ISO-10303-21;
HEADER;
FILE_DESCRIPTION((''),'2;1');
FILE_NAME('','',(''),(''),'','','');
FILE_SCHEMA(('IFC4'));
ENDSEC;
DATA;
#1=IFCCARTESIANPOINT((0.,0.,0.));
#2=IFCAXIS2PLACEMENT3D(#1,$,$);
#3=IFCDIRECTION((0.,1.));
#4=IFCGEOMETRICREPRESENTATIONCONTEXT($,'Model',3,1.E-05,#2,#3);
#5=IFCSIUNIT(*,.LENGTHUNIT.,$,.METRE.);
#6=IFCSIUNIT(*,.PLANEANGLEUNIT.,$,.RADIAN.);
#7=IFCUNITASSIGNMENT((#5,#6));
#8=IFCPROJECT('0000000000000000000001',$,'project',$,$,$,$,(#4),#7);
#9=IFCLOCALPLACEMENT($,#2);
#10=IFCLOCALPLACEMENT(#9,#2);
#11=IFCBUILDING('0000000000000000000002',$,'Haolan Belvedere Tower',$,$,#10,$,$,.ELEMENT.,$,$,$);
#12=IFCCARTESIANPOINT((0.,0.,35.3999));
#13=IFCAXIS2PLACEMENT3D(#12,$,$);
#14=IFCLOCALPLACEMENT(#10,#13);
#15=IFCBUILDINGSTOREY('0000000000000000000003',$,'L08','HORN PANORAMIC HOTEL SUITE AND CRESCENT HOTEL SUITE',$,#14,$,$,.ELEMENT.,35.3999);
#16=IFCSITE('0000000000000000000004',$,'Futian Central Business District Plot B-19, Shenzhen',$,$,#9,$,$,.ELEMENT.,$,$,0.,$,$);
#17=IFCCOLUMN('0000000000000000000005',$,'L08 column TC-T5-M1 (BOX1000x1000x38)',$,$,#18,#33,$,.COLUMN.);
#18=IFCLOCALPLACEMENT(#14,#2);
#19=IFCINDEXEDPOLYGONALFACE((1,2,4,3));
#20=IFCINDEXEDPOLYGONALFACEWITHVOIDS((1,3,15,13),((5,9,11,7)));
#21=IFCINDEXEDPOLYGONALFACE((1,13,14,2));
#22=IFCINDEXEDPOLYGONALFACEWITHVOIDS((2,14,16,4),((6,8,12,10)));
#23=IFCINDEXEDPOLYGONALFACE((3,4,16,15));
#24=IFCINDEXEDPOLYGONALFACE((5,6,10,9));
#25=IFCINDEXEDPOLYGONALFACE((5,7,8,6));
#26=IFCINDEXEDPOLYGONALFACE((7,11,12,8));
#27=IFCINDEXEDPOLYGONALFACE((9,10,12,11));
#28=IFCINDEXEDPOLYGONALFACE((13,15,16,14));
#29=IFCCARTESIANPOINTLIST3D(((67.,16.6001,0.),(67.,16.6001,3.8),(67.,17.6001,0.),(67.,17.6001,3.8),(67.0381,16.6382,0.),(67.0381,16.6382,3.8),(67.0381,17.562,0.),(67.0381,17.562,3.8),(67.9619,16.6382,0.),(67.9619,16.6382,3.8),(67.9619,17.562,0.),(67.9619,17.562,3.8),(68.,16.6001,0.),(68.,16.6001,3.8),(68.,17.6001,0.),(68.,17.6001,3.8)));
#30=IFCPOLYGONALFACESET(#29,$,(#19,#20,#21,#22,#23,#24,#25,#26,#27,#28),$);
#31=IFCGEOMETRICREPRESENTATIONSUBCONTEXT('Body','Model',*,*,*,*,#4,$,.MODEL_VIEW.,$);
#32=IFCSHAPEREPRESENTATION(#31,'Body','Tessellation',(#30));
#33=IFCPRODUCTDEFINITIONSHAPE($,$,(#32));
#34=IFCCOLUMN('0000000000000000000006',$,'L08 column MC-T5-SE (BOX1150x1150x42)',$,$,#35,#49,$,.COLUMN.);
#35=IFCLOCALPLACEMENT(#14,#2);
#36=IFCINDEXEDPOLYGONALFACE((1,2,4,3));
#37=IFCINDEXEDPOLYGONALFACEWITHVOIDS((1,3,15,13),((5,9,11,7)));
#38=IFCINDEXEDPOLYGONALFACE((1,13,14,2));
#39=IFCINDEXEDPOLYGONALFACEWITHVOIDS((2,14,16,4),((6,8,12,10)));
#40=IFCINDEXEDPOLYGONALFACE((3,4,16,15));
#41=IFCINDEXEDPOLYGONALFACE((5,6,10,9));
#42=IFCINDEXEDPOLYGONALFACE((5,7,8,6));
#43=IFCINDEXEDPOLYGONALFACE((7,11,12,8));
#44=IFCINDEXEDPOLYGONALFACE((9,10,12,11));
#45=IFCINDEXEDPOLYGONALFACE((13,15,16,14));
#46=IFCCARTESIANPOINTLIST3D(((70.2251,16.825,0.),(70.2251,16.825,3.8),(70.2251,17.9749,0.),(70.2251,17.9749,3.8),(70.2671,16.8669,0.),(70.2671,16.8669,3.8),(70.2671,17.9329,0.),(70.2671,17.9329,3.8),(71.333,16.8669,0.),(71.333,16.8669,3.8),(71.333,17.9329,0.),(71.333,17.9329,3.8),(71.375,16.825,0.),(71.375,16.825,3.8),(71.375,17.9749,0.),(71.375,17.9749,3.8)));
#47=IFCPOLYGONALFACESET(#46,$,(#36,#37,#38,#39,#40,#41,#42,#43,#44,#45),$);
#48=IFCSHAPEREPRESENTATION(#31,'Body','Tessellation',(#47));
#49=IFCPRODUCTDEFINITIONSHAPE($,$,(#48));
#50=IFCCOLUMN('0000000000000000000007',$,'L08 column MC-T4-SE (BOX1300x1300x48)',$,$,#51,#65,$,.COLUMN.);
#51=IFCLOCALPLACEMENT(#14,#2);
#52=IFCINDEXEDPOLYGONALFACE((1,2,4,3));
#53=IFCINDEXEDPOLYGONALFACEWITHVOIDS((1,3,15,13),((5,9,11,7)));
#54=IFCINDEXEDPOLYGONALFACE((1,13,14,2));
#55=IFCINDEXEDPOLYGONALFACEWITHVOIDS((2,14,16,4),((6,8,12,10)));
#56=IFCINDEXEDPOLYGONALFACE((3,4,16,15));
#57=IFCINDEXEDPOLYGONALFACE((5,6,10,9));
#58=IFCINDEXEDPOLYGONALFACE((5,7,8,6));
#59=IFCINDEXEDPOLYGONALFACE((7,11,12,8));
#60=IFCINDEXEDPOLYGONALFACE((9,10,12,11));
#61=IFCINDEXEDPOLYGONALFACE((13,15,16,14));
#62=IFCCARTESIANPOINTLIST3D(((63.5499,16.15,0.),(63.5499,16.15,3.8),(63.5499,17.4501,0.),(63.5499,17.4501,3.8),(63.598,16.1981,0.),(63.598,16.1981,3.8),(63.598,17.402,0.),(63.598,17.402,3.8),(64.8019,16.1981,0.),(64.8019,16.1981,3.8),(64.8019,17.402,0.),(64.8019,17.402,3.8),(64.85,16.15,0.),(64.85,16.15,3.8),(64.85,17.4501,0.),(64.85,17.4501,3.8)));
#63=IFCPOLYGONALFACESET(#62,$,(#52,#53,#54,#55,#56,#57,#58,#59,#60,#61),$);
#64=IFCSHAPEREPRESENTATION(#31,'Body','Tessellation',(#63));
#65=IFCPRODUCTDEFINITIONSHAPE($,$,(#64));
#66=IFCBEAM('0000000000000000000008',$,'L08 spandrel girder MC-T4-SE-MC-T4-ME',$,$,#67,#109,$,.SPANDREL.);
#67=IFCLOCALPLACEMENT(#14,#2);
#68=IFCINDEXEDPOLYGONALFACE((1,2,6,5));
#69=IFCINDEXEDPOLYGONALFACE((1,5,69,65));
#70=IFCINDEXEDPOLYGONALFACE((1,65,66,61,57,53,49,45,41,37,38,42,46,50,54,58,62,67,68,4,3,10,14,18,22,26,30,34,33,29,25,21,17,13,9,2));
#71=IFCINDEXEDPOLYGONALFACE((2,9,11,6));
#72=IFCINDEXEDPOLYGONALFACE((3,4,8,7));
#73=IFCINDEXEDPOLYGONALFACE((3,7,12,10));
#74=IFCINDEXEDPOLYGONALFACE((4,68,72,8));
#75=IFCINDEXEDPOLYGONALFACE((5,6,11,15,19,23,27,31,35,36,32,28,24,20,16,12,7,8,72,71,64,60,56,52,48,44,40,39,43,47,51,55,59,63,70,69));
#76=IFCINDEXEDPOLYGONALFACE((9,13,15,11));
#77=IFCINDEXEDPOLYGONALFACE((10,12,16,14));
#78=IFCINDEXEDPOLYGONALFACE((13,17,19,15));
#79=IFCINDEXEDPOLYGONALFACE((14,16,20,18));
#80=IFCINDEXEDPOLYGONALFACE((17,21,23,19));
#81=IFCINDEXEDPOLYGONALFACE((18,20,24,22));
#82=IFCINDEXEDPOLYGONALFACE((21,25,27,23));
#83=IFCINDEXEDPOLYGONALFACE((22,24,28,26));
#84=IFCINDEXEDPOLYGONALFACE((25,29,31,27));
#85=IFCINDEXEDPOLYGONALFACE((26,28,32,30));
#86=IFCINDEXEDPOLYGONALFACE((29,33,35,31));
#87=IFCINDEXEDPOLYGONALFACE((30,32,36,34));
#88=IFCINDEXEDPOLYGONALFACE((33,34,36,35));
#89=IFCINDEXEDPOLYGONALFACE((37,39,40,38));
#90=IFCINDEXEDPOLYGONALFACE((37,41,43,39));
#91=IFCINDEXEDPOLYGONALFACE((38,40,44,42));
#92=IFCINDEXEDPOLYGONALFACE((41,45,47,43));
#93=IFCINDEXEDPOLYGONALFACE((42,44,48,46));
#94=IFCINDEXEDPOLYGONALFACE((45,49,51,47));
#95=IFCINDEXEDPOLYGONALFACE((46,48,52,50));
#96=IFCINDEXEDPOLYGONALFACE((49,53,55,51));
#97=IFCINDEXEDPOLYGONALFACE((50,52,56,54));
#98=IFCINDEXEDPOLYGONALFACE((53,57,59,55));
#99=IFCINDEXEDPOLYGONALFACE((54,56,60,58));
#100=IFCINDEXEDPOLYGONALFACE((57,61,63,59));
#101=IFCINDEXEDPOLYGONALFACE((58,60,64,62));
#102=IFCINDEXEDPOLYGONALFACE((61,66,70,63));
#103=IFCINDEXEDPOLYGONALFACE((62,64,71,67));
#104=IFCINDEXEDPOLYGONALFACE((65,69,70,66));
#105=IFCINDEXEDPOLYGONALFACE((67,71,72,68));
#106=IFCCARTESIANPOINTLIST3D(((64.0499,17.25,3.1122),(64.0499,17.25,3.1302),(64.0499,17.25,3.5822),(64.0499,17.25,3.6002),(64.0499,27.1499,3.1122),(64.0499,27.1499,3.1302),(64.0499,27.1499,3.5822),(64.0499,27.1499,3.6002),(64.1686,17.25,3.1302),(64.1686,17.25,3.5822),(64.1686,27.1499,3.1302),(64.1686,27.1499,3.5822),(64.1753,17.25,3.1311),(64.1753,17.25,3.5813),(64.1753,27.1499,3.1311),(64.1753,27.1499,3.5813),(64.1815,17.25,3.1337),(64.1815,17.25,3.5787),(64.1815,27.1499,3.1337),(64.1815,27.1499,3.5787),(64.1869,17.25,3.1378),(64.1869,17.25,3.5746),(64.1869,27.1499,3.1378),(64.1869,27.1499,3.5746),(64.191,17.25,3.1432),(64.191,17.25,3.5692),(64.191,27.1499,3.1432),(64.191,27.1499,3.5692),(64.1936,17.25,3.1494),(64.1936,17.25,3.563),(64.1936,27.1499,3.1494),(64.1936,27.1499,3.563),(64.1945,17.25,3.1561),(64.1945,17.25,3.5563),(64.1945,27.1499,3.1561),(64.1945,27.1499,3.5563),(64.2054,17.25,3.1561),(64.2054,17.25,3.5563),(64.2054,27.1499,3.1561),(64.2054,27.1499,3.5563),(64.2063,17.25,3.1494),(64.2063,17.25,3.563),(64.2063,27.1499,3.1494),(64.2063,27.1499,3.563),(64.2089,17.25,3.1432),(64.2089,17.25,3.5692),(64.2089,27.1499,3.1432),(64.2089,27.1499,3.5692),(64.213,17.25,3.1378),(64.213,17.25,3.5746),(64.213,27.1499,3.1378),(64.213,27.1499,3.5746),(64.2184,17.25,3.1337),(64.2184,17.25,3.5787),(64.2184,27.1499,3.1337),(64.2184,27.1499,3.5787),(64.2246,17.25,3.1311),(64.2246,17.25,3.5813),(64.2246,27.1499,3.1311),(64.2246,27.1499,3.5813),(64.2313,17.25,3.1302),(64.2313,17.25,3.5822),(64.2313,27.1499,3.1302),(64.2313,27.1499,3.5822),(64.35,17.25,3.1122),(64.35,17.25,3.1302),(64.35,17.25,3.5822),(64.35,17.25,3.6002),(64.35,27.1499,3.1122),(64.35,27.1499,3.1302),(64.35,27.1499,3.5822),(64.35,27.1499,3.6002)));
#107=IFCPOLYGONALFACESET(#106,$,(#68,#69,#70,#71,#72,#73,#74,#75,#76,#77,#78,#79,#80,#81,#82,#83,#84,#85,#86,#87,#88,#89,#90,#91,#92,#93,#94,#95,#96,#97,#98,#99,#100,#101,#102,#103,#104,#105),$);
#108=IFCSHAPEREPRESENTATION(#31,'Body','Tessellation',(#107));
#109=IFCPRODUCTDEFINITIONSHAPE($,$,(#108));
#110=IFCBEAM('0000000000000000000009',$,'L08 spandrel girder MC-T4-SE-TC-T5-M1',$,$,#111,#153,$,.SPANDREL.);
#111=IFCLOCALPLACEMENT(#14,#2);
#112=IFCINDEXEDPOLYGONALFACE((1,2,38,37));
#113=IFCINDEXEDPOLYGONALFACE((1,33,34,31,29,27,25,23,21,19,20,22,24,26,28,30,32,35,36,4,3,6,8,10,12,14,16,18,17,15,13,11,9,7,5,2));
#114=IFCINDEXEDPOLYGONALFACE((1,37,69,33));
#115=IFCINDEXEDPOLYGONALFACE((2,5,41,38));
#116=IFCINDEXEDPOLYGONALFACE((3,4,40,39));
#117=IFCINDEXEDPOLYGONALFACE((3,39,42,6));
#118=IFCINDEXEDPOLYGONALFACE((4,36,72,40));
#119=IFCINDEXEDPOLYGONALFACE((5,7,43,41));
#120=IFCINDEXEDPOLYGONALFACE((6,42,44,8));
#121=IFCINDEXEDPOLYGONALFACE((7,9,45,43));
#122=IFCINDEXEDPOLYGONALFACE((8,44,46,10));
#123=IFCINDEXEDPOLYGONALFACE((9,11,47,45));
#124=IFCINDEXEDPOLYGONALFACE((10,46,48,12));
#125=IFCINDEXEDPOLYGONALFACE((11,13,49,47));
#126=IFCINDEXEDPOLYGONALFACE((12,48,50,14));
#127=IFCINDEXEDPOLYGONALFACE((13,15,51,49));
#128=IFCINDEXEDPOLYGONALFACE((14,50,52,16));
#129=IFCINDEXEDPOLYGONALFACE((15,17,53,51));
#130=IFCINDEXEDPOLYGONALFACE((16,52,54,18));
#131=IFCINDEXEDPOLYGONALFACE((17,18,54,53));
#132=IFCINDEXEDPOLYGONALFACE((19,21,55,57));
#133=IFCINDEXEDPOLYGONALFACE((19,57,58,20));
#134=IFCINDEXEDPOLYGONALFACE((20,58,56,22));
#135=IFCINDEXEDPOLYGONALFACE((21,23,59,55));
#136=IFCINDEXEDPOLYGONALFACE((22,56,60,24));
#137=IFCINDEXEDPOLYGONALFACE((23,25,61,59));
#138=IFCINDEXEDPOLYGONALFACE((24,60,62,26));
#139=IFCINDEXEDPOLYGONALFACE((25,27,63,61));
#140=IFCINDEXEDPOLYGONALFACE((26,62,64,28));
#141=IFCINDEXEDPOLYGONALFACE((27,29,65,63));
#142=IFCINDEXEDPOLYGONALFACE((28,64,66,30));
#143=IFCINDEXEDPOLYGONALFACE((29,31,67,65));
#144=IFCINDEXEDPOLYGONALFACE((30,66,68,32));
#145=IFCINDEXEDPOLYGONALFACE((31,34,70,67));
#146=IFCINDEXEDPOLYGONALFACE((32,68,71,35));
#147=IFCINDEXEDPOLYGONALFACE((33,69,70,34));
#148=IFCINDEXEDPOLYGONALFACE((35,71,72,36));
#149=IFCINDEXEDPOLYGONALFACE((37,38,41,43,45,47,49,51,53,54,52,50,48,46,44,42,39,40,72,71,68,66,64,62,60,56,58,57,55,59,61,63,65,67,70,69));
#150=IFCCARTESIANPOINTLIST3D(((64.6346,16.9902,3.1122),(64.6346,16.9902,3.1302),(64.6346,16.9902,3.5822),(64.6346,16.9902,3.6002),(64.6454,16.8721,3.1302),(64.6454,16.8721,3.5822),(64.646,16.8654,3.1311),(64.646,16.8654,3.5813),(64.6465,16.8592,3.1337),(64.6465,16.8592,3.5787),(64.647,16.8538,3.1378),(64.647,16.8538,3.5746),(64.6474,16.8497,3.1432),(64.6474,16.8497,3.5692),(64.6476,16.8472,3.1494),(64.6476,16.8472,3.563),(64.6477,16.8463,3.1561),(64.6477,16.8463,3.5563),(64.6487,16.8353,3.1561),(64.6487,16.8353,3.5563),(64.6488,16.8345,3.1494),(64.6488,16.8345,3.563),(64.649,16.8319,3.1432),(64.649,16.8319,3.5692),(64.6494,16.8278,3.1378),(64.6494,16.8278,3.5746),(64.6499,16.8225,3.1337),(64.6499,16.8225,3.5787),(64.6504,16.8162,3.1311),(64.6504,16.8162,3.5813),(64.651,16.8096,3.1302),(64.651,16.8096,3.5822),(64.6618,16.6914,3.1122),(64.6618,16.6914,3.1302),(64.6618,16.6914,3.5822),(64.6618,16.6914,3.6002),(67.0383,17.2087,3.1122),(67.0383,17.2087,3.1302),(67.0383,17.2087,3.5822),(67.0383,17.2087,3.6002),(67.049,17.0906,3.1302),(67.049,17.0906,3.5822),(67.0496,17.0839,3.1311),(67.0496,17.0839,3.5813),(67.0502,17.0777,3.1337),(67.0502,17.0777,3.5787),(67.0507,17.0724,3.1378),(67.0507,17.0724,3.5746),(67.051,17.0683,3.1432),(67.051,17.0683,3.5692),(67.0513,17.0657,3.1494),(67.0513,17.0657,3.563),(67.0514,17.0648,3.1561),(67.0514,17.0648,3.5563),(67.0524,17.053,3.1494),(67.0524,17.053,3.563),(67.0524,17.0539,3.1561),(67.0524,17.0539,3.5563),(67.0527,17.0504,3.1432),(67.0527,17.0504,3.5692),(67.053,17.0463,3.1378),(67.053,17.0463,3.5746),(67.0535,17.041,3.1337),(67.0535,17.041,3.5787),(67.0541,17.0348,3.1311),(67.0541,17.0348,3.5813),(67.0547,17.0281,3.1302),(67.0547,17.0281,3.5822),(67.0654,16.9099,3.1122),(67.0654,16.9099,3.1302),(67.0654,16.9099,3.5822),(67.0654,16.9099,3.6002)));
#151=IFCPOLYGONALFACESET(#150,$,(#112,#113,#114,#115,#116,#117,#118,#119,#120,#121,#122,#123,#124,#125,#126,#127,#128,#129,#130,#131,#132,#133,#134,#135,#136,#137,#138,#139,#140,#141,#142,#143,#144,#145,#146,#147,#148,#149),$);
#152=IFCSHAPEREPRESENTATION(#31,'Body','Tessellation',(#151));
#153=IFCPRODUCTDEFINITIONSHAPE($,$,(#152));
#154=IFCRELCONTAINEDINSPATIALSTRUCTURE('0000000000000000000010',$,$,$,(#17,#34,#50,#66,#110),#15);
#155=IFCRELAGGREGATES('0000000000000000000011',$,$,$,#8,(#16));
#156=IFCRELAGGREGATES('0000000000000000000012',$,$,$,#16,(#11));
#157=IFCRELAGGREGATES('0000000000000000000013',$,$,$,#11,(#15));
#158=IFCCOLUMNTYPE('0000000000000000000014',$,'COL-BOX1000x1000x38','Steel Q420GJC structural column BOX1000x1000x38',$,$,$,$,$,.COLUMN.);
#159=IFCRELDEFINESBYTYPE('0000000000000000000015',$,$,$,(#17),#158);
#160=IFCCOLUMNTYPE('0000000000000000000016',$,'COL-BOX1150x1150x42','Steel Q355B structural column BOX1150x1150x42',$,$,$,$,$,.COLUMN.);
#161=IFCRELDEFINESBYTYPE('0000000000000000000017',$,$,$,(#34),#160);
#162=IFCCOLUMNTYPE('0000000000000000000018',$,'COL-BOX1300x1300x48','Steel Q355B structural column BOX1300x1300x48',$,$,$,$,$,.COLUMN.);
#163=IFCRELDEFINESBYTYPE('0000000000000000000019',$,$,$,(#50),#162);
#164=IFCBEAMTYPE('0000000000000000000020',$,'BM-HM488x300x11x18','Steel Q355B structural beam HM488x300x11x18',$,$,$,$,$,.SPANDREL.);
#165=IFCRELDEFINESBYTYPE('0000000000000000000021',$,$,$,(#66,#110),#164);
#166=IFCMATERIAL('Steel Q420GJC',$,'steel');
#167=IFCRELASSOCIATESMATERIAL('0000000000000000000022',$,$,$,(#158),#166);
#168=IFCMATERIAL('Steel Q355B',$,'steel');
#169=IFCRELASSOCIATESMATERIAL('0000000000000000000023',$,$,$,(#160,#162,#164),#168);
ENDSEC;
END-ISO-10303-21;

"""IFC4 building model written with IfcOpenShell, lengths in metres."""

from ifc_helpers import new_model, si_unit, direction, frame, origin, origin_2d, place, context, subcontext, project, spatial, hollow_rectangle, i_section, extrude, material, material_profile, profile_set, type_object, element, save


model = new_model("IFC4")

# Units and contexts
model_context = context("Model", 3, precision=1e-05, world=origin(), true_north=direction((0.0, 1.0)))
body_context = subcontext(model_context, "Body", "Model", "MODEL_VIEW")
ifc_project = project(units=[si_unit("LENGTHUNIT", "METRE"), si_unit("PLANEANGLEUNIT", "RADIAN")], contexts=[model_context])

# Site, building, storey
site_placement = place(None, origin())
site = spatial("IfcSite", under=ifc_project, at=site_placement, Name="Futian Central Business District Plot B-19, Shenzhen", CompositionType="ELEMENT", RefElevation=0.0)
building_placement = place(site_placement, origin())
building = spatial("IfcBuilding", under=site, at=building_placement, Name="Haolan Belvedere Tower", CompositionType="ELEMENT")
storey_placement = place(building_placement, frame((0.0, 0.0, 35.3999)))
storey = spatial("IfcBuildingStorey", under=building, at=storey_placement, Name="L08", Description="HORN PANORAMIC HOTEL SUITE AND CRESCENT HOTEL SUITE", CompositionType="ELEMENT", Elevation=35.3999)

# Columns
ifc_material_1 = material(Name="Steel Q420GJC", Category="steel")
ifc_material_profile_1 = material_profile(ifc_material_1, hollow_rectangle(XDim=1.0, YDim=1.0, WallThickness=0.0381, at=origin_2d()), Name="Steel Q420GJC")
ifc_profile_set_1 = profile_set([ifc_material_profile_1], Name="Steel Q420GJC")
column_type_1 = type_object("IfcColumnType", Name="COL-BOX1000x1000x38", Description="Steel Q420GJC structural column BOX1000x1000x38", PredefinedType="COLUMN", material=ifc_profile_set_1)
column_1_placement = place(storey_placement, frame((67.5, 17.1001, 0.0), z_axis=(0.0, 0.0, 1.0), x_axis=(1.0, 0.0, 0.0)))
element("IfcColumn", 1, at=column_1_placement, inside=storey, type_object=column_type_1, Name="L08 column TC-T5-M1 (BOX1000x1000x38)", PredefinedType="COLUMN", context=body_context, shape_type="SweptSolid", body=[
    extrude(hollow_rectangle(XDim=1.0, YDim=1.0, WallThickness=0.0381, at=origin_2d()), origin(), (0.0, 0.0, 1.0), 3.8),
])
ifc_material_2 = material(Name="Steel Q355B", Category="steel")
ifc_material_profile_2 = material_profile(ifc_material_2, hollow_rectangle(XDim=1.1499, YDim=1.1499, WallThickness=0.042, at=origin_2d()), Name="Steel Q355B")
ifc_profile_set_2 = profile_set([ifc_material_profile_2], Name="Steel Q355B")
column_type_2 = type_object("IfcColumnType", Name="COL-BOX1150x1150x42", Description="Steel Q355B structural column BOX1150x1150x42", PredefinedType="COLUMN", material=ifc_profile_set_2)
column_2_placement = place(storey_placement, frame((70.8, 17.3999, 0.0), z_axis=(0.0, 0.0, 1.0), x_axis=(1.0, 0.0, 0.0)))
element("IfcColumn", 2, at=column_2_placement, inside=storey, type_object=column_type_2, Name="L08 column MC-T5-SE (BOX1150x1150x42)", PredefinedType="COLUMN", context=body_context, shape_type="SweptSolid", body=[
    extrude(hollow_rectangle(XDim=1.1499, YDim=1.1499, WallThickness=0.042, at=origin_2d()), origin(), (0.0, 0.0, 1.0), 3.8),
])
ifc_material_profile_3 = material_profile(ifc_material_2, hollow_rectangle(XDim=1.3, YDim=1.3, WallThickness=0.0481, at=origin_2d()), Name="Steel Q355B")
ifc_profile_set_3 = profile_set([ifc_material_profile_3], Name="Steel Q355B")
column_type_3 = type_object("IfcColumnType", Name="COL-BOX1300x1300x48", Description="Steel Q355B structural column BOX1300x1300x48", PredefinedType="COLUMN", material=ifc_profile_set_3)
column_3_placement = place(storey_placement, frame((64.2, 16.8, 0.0), z_axis=(0.0, 0.0, 1.0), x_axis=(1.0, 0.0, 0.0)))
element("IfcColumn", 3, at=column_3_placement, inside=storey, type_object=column_type_3, Name="L08 column MC-T4-SE (BOX1300x1300x48)", PredefinedType="COLUMN", context=body_context, shape_type="SweptSolid", body=[
    extrude(hollow_rectangle(XDim=1.3, YDim=1.3, WallThickness=0.0481, at=origin_2d()), origin(), (0.0, 0.0, 1.0), 3.8),
])

# Beams
ifc_material_profile_4 = material_profile(ifc_material_2, i_section(OverallWidth=0.3, OverallDepth=0.488, WebThickness=0.011, FlangeThickness=0.0181, FilletRadius=0.0259, at=origin_2d()), Name="Steel Q355B")
ifc_profile_set_4 = profile_set([ifc_material_profile_4], Name="Steel Q355B")
beam_type = type_object("IfcBeamType", Name="BM-HM488x300x11x18", Description="Steel Q355B structural beam HM488x300x11x18", PredefinedType="SPANDREL", material=ifc_profile_set_4)
beam_placement = place(storey_placement, frame((64.2, 17.25, 3.3562), z_axis=(0.0, 1.0, 0.0), x_axis=(-1.0, 0.0, 0.0)))
element("IfcBeam", 4, at=beam_placement, inside=storey, type_object=beam_type, Name="L08 spandrel girder MC-T4-SE-MC-T4-ME", PredefinedType="SPANDREL", context=body_context, shape_type="SweptSolid", body=[
    extrude(i_section(OverallWidth=0.3, OverallDepth=0.488, WebThickness=0.011, FlangeThickness=0.0181, FilletRadius=0.0259, at=origin_2d()), origin(), (0.0, 0.0, 1.0), 9.8999),
])
for number, where, z_axis, x_axis, name in (
    (5, (64.6482, 16.8408, 3.3562), (0.995893, 0.090536, 0.0), (-0.090536, 0.995893, 0.0), "L08 spandrel girder MC-T4-SE-TC-T5-M1"),
):
    element("IfcBeam", number, at=place(storey_placement, frame(where, z_axis=z_axis, x_axis=x_axis)), inside=storey, type_object=beam_type, Name=name, PredefinedType="SPANDREL", context=body_context, shape_type="SweptSolid", body=[
        extrude(i_section(OverallWidth=0.3, OverallDepth=0.488, WebThickness=0.011, FlangeThickness=0.0181, FilletRadius=0.0259, at=origin_2d()), origin(), (0.0, 0.0, 1.0), 2.4136),
    ])

save(model, "model.ifc")
